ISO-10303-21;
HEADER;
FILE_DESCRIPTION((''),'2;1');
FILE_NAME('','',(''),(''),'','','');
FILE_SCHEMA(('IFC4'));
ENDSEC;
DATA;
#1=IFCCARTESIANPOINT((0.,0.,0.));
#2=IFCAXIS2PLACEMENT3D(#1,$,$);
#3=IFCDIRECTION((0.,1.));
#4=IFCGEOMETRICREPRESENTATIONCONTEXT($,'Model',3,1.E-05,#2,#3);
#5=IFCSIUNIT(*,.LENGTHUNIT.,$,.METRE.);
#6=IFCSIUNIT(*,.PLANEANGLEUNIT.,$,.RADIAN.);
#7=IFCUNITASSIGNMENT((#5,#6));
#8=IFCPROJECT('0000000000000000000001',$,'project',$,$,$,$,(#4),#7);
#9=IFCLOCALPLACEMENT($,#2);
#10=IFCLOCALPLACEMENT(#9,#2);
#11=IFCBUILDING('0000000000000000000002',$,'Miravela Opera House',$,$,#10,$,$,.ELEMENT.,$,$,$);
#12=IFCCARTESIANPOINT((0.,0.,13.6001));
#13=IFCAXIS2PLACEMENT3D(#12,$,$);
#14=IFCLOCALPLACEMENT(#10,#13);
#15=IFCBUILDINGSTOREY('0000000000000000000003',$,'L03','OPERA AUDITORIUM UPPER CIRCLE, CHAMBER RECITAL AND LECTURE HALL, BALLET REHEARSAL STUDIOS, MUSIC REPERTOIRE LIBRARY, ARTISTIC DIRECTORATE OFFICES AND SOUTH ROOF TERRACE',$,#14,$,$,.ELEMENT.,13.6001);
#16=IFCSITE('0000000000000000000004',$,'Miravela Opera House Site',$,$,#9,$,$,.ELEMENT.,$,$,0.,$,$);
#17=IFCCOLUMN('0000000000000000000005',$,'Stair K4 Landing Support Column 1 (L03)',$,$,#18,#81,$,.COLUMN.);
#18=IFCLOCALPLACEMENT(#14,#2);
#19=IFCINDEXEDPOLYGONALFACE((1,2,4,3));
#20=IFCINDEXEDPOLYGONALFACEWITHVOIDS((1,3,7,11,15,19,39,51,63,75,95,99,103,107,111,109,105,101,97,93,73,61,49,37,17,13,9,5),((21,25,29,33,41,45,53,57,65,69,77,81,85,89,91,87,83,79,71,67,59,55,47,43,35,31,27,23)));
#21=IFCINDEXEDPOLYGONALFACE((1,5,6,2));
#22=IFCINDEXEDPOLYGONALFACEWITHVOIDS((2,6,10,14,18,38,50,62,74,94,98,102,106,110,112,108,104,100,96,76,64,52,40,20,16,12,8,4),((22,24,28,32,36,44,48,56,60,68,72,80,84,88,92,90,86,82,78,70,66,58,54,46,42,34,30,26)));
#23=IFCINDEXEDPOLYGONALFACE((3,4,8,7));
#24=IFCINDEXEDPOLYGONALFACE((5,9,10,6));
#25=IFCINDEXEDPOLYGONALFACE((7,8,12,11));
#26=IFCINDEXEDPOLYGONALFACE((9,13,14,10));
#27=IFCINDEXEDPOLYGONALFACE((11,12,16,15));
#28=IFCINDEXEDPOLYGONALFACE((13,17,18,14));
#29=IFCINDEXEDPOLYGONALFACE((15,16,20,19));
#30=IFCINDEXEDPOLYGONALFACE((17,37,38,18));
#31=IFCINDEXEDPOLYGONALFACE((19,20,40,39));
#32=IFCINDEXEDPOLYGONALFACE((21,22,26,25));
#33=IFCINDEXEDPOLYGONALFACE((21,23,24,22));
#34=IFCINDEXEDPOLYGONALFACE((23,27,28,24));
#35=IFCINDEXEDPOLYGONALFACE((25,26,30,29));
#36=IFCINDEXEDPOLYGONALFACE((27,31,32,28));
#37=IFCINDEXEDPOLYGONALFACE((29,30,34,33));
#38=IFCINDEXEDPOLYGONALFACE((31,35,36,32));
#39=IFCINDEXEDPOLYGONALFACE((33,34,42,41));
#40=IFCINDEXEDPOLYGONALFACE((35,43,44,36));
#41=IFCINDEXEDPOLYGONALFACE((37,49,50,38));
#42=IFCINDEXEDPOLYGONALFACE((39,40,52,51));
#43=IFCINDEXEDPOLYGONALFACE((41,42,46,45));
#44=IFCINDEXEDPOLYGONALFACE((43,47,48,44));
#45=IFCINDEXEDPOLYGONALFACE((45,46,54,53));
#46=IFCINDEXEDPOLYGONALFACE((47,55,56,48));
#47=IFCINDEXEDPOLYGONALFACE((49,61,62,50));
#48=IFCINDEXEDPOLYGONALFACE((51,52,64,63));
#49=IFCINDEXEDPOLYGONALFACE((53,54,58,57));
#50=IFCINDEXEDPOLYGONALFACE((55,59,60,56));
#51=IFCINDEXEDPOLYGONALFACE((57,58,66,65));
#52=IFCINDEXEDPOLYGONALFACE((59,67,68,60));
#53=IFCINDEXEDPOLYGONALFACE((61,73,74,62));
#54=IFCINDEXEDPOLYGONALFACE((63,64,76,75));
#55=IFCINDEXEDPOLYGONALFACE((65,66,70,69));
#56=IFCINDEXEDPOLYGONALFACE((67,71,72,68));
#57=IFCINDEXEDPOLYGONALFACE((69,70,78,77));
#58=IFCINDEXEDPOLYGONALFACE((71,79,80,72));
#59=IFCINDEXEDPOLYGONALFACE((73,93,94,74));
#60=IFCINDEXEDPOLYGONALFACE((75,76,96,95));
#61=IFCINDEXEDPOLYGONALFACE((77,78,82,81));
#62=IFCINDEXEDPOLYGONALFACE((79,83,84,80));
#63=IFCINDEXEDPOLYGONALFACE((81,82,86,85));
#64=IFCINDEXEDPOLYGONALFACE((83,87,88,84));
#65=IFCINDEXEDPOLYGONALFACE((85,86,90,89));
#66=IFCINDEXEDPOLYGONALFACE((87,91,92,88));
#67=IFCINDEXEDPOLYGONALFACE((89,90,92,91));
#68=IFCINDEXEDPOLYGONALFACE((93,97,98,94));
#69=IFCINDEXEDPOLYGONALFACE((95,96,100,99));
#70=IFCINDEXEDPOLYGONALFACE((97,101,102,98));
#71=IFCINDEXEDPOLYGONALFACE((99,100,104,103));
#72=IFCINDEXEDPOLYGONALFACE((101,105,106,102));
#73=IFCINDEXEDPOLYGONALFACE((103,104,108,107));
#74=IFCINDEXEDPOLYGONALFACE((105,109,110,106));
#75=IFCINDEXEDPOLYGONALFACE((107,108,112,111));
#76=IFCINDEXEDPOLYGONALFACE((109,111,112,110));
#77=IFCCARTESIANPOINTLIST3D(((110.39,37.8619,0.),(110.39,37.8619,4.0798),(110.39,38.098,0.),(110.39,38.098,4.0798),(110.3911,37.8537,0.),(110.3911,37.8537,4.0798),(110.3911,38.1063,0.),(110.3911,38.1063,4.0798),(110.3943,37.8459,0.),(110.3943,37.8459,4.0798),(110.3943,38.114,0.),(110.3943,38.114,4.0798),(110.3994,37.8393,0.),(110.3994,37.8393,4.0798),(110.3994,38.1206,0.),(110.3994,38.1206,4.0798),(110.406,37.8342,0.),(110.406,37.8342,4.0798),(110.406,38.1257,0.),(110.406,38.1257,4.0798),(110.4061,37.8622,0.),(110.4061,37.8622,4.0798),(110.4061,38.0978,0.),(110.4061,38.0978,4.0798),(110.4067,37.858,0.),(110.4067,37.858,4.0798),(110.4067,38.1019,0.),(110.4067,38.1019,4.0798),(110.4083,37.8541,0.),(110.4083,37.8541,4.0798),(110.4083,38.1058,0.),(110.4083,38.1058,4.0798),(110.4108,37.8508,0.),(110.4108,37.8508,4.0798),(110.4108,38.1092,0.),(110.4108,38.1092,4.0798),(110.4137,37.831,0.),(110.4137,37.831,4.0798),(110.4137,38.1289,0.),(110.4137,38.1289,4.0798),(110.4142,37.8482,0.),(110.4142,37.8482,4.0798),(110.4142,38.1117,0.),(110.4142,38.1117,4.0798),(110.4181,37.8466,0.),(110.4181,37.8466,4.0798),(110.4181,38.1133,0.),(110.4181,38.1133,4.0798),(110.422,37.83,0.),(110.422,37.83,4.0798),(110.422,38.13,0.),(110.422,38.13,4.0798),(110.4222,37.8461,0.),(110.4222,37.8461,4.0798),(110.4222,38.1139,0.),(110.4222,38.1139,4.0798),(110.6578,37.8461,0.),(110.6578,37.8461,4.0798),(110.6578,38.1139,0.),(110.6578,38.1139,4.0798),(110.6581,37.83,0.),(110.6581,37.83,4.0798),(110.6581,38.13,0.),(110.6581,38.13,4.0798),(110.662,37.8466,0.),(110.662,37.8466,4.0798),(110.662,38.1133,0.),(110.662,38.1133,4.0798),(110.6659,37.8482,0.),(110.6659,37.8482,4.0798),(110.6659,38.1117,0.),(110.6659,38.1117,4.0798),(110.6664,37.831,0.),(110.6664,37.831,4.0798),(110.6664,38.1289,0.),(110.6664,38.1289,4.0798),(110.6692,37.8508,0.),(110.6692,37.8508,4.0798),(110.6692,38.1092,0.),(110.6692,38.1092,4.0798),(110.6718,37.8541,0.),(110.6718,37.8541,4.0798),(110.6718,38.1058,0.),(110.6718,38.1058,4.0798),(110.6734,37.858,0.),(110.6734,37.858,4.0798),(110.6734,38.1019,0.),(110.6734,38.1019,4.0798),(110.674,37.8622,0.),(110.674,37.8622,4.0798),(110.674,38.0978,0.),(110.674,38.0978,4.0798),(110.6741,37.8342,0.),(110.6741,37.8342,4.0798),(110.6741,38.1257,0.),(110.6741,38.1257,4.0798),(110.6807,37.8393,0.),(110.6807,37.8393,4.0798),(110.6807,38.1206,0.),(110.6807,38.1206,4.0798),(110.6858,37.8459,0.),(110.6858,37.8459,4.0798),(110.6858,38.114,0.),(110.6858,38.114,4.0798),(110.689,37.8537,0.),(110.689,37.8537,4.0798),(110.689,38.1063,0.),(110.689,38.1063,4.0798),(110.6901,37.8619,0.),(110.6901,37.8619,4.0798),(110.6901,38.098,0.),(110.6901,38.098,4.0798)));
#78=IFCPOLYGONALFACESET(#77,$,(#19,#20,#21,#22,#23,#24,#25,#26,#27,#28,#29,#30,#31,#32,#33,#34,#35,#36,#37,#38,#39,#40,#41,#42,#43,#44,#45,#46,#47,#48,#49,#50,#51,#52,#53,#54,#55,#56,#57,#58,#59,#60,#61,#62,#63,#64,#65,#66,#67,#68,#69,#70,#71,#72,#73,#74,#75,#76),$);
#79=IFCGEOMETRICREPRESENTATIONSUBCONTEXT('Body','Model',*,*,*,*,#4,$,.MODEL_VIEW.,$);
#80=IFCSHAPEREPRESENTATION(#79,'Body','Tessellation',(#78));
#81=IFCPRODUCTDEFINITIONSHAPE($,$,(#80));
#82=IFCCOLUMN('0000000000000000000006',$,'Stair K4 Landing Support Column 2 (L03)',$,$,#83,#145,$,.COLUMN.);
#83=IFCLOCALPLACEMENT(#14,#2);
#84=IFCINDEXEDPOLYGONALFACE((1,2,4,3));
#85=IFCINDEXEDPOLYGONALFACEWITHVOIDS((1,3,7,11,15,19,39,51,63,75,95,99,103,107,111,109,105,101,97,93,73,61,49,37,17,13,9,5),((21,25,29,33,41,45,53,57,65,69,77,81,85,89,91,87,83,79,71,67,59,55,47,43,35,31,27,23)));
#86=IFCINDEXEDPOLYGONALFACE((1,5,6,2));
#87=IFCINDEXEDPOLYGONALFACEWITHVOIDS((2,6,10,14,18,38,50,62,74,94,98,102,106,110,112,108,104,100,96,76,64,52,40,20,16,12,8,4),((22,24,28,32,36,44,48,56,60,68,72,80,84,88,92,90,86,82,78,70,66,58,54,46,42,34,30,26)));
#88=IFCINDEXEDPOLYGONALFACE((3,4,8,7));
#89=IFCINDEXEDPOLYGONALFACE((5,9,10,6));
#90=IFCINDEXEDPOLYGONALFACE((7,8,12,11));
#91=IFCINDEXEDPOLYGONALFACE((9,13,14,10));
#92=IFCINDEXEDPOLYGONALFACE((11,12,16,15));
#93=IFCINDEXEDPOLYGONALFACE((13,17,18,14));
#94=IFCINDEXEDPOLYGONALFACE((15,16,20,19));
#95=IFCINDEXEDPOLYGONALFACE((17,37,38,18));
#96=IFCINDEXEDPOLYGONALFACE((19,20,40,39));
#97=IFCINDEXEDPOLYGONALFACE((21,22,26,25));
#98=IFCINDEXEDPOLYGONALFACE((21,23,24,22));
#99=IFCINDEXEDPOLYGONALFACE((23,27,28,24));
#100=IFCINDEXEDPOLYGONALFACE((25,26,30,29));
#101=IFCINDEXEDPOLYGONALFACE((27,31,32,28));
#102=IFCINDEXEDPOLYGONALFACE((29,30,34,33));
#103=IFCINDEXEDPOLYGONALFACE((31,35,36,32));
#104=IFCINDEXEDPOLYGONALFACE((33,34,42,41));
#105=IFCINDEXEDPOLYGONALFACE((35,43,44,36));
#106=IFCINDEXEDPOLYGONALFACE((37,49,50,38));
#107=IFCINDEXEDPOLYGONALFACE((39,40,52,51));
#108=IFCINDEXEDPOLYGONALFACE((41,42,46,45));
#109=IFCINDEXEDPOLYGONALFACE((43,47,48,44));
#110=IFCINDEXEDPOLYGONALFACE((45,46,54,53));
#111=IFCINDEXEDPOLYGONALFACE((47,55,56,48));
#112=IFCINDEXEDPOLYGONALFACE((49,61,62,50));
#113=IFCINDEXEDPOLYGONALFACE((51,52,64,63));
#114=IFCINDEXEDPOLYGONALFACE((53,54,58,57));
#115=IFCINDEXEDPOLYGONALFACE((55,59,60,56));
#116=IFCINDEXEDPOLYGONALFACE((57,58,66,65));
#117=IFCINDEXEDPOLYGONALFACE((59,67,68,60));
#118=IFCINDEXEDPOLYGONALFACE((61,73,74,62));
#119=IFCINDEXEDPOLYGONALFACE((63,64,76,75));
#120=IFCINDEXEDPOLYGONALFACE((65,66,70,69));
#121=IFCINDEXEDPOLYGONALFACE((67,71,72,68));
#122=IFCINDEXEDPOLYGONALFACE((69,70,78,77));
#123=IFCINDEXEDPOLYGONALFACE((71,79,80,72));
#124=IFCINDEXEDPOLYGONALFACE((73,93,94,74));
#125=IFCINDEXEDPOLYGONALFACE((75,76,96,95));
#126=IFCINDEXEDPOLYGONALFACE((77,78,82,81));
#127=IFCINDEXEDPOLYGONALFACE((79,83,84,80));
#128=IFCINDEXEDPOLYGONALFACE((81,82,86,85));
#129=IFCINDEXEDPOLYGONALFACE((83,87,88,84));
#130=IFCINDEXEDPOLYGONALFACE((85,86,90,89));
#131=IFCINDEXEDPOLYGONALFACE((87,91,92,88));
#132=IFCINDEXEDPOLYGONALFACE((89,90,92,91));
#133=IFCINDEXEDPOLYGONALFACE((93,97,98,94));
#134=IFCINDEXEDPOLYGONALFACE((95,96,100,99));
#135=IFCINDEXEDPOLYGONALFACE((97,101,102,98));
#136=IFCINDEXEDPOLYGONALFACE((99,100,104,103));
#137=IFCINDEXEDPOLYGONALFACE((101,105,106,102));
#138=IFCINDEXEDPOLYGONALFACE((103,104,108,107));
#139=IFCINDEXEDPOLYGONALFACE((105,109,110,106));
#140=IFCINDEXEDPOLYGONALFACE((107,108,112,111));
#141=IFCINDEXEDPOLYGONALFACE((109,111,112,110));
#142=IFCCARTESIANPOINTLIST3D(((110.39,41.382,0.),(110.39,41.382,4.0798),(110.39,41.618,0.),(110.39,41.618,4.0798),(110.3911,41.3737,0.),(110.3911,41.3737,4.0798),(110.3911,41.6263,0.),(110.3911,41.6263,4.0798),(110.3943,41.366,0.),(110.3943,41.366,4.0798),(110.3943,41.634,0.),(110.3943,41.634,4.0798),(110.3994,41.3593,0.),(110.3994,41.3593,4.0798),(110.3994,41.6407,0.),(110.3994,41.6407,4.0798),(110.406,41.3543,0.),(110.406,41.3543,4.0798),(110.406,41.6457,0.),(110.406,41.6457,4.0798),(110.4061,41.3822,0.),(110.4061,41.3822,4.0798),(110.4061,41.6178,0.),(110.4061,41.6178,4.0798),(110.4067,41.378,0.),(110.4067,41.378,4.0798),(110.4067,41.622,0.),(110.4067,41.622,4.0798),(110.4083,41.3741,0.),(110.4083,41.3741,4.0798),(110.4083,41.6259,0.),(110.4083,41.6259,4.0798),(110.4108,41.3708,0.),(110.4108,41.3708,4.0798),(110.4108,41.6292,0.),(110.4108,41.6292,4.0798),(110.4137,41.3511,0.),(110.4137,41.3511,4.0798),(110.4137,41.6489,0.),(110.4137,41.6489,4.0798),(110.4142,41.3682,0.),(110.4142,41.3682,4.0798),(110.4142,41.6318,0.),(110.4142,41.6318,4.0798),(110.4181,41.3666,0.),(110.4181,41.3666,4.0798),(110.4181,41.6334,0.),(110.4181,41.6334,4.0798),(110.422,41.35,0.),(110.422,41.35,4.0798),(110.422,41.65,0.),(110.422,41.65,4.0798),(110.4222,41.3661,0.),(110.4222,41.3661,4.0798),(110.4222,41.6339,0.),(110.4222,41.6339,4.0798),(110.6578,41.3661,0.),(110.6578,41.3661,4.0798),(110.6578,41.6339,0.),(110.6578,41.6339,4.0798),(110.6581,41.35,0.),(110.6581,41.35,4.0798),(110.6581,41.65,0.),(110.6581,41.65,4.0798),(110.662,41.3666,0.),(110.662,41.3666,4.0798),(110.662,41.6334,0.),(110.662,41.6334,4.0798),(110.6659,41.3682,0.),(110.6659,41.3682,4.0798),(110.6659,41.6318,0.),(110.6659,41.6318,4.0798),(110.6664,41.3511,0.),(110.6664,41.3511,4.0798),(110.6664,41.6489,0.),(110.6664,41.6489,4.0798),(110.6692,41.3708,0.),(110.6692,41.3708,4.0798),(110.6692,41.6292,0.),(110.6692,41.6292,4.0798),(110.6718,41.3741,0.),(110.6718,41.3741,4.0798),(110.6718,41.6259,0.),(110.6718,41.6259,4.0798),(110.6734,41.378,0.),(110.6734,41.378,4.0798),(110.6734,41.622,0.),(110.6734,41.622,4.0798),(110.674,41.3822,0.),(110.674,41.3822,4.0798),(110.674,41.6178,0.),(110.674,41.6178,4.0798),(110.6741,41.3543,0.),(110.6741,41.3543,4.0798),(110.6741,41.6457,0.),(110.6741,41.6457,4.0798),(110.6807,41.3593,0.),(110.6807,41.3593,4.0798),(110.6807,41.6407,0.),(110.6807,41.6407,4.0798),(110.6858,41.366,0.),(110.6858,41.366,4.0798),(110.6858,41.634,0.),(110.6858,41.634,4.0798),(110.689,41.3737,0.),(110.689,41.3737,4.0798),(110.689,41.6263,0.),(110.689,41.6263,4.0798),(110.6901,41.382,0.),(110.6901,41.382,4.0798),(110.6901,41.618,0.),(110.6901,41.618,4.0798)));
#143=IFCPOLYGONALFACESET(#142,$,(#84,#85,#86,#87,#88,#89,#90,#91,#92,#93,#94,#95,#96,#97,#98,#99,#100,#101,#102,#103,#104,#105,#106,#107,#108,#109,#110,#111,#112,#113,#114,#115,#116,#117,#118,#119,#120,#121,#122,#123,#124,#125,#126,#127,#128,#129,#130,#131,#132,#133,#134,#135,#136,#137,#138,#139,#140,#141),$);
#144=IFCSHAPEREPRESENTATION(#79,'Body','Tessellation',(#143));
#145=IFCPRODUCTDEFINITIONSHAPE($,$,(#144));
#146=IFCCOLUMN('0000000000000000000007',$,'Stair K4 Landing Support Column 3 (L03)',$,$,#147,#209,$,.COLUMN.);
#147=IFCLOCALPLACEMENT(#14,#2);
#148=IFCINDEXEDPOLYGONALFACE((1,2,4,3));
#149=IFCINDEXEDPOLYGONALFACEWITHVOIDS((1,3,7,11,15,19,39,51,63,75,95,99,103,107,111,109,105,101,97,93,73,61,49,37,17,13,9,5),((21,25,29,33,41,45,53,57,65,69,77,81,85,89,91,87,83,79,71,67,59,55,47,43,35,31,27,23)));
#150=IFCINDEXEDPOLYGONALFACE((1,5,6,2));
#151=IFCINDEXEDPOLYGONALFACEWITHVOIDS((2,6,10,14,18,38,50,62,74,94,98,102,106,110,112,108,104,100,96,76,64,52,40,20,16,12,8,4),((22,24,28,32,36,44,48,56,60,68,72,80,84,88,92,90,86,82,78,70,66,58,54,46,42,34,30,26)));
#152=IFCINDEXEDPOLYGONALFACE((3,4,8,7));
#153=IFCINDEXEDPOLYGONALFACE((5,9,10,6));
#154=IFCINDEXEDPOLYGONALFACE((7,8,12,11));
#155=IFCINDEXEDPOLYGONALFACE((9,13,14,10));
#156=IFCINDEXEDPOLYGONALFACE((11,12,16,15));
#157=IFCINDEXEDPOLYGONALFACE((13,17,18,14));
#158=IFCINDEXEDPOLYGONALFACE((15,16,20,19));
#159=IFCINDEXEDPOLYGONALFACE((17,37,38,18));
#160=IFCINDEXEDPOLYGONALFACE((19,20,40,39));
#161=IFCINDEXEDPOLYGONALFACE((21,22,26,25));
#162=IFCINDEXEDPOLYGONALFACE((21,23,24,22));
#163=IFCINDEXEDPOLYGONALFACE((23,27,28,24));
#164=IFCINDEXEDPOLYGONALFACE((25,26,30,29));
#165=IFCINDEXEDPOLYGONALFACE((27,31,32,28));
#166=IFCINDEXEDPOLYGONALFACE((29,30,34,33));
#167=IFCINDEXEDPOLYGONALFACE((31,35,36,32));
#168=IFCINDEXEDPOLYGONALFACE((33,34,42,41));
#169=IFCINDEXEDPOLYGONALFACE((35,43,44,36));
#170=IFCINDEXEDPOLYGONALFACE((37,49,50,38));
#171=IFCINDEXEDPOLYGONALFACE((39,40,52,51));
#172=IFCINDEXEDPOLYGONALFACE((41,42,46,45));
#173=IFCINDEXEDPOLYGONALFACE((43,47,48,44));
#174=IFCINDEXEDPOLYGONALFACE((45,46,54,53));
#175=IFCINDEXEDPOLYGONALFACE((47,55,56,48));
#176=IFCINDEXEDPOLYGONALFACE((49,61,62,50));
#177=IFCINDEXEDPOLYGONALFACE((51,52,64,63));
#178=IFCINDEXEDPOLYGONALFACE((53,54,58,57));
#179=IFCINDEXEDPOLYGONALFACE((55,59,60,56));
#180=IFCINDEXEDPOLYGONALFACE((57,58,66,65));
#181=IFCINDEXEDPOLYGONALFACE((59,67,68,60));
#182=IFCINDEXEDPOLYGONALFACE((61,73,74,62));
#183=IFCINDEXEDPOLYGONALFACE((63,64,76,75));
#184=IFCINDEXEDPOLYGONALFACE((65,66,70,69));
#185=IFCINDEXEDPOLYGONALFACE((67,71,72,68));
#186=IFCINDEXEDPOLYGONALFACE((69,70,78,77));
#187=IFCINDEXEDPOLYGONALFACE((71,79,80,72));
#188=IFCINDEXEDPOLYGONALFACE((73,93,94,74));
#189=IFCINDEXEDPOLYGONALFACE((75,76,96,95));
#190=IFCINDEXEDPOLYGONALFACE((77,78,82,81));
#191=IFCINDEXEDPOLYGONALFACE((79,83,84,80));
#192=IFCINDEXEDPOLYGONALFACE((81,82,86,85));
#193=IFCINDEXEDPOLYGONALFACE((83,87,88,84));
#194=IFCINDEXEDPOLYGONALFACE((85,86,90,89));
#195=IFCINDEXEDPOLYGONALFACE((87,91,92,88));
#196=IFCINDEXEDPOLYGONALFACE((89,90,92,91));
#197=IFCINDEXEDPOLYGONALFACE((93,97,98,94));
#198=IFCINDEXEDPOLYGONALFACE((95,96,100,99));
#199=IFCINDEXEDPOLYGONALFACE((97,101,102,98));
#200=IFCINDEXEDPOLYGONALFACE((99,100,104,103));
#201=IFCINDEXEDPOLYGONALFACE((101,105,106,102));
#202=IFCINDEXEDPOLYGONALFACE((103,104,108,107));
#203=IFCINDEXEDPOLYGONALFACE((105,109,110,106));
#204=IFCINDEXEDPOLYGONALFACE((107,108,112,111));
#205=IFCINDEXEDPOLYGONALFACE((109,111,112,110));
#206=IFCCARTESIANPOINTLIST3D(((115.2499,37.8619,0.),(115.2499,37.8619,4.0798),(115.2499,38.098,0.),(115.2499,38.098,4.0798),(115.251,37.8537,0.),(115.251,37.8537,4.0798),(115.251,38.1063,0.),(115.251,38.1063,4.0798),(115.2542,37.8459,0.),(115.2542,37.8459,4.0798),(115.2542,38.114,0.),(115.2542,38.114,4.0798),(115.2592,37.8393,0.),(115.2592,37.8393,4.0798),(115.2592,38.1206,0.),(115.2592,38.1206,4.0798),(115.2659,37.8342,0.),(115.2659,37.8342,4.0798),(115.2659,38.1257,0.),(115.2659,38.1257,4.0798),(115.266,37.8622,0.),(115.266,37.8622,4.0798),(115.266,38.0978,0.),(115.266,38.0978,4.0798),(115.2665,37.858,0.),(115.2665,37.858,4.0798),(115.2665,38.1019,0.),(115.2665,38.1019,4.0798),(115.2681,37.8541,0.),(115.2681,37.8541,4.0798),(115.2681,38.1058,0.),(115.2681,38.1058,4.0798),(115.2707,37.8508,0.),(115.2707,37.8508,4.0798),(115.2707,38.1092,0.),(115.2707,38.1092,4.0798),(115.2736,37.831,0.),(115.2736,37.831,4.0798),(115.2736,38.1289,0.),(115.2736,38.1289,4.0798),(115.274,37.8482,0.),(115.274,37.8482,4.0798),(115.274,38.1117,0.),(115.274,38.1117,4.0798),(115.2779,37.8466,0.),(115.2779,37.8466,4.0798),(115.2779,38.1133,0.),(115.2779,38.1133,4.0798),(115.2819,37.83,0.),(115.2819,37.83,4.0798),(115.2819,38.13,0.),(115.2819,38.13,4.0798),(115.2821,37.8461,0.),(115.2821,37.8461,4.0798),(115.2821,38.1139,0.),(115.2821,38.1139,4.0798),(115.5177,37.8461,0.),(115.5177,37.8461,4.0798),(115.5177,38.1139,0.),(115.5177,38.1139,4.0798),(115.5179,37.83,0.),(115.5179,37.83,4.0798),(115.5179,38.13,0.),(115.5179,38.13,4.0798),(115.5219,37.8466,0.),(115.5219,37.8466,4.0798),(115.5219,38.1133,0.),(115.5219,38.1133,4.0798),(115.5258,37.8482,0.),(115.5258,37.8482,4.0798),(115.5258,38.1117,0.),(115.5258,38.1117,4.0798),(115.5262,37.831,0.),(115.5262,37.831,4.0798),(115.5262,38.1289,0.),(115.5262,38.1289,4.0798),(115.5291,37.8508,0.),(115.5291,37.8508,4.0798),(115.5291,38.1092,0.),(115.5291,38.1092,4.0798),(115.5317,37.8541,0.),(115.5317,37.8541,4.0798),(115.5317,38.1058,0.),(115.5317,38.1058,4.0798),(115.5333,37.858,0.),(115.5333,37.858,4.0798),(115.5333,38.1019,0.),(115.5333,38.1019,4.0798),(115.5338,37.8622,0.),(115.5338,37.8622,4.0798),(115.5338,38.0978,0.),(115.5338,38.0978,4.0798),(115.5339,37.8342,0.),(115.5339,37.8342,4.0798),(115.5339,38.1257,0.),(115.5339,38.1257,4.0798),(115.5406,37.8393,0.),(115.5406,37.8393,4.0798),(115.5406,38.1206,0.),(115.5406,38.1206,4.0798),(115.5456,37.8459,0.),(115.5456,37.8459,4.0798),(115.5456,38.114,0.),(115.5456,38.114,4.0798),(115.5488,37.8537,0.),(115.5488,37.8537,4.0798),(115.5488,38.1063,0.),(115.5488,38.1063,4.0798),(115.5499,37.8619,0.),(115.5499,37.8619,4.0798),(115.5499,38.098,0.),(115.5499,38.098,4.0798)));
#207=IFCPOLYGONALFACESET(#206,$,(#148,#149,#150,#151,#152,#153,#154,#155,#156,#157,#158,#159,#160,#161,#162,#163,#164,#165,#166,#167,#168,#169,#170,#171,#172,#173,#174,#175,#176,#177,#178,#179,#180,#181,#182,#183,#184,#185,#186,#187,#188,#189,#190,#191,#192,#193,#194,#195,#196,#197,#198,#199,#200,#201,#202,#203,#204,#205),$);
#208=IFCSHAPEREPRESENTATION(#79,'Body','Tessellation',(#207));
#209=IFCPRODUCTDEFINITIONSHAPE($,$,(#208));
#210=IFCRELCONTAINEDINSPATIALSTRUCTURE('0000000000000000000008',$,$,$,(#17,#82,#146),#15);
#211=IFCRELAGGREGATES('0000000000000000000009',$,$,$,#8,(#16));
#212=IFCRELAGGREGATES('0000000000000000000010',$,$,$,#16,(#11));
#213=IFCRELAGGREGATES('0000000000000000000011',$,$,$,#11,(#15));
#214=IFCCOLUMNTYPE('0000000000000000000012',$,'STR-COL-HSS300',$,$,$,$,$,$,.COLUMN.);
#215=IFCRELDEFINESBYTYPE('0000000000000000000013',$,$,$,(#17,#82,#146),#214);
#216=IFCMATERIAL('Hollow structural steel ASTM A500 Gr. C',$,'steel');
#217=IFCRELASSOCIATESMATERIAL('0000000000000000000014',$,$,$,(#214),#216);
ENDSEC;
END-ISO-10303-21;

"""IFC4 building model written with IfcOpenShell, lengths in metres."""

from ifc_helpers import new_model, si_unit, direction, frame, origin, origin_2d, place, context, subcontext, project, spatial, hollow_rectangle, extrude, material, material_profile, profile_set, type_object, element, save


model = new_model("IFC4")

# Units and contexts
model_context = context("Model", 3, precision=1e-05, world=origin(), true_north=direction((0.0, 1.0)))
body_context = subcontext(model_context, "Body", "Model", "MODEL_VIEW")
ifc_project = project(units=[si_unit("LENGTHUNIT", "METRE"), si_unit("PLANEANGLEUNIT", "RADIAN")], contexts=[model_context])

# Site, building, storey
site_placement = place(None, origin())
site = spatial("IfcSite", under=ifc_project, at=site_placement, Name="Miravela Opera House Site", CompositionType="ELEMENT", RefElevation=0.0)
building_placement = place(site_placement, origin())
building = spatial("IfcBuilding", under=site, at=building_placement, Name="Miravela Opera House", CompositionType="ELEMENT")
storey_placement = place(building_placement, frame((0.0, 0.0, 13.6001)))
storey = spatial("IfcBuildingStorey", under=building, at=storey_placement, Name="L03", Description="OPERA AUDITORIUM UPPER CIRCLE, CHAMBER RECITAL AND LECTURE HALL, BALLET REHEARSAL STUDIOS, MUSIC REPERTOIRE LIBRARY, ARTISTIC DIRECTORATE OFFICES AND SOUTH ROOF TERRACE", CompositionType="ELEMENT", Elevation=13.6001)

# Columns
ifc_material_1 = material(Name="Hollow structural steel ASTM A500 Gr. C", Category="steel")
ifc_material_profile_1 = material_profile(ifc_material_1, hollow_rectangle(XDim=0.3, YDim=0.3, WallThickness=0.0161, InnerFilletRadius=0.0161, OuterFilletRadius=0.032, at=origin_2d()), Name="HSS300X300X16")
ifc_profile_set_1 = profile_set([ifc_material_profile_1])
column_type_1 = type_object("IfcColumnType", Name="STR-COL-HSS300", PredefinedType="COLUMN", material=ifc_profile_set_1)
for number, where, z_axis, x_axis, name in (
    (1, (110.54, 37.98, 0.0), (0.0, 0.0, 1.0), (1.0, 0.0, 0.0), "Stair K4 Landing Support Column 1 (L03)"),
    (2, (110.54, 41.5, 0.0), (0.0, 0.0, 1.0), (1.0, 0.0, 0.0), "Stair K4 Landing Support Column 2 (L03)"),
    (3, (115.3999, 37.98, 0.0), (0.0, 0.0, 1.0), (1.0, 0.0, 0.0), "Stair K4 Landing Support Column 3 (L03)"),
):
    element("IfcColumn", number, at=place(storey_placement, frame(where, z_axis=z_axis, x_axis=x_axis)), inside=storey, type_object=column_type_1, Name=name, PredefinedType="COLUMN", context=body_context, shape_type="SweptSolid", body=[
        extrude(hollow_rectangle(XDim=0.3, YDim=0.3, WallThickness=0.0161, InnerFilletRadius=0.0161, OuterFilletRadius=0.032, at=origin_2d()), origin(), (0.0, 0.0, 1.0), 4.0798),
    ])

save(model, "model.ifc")
